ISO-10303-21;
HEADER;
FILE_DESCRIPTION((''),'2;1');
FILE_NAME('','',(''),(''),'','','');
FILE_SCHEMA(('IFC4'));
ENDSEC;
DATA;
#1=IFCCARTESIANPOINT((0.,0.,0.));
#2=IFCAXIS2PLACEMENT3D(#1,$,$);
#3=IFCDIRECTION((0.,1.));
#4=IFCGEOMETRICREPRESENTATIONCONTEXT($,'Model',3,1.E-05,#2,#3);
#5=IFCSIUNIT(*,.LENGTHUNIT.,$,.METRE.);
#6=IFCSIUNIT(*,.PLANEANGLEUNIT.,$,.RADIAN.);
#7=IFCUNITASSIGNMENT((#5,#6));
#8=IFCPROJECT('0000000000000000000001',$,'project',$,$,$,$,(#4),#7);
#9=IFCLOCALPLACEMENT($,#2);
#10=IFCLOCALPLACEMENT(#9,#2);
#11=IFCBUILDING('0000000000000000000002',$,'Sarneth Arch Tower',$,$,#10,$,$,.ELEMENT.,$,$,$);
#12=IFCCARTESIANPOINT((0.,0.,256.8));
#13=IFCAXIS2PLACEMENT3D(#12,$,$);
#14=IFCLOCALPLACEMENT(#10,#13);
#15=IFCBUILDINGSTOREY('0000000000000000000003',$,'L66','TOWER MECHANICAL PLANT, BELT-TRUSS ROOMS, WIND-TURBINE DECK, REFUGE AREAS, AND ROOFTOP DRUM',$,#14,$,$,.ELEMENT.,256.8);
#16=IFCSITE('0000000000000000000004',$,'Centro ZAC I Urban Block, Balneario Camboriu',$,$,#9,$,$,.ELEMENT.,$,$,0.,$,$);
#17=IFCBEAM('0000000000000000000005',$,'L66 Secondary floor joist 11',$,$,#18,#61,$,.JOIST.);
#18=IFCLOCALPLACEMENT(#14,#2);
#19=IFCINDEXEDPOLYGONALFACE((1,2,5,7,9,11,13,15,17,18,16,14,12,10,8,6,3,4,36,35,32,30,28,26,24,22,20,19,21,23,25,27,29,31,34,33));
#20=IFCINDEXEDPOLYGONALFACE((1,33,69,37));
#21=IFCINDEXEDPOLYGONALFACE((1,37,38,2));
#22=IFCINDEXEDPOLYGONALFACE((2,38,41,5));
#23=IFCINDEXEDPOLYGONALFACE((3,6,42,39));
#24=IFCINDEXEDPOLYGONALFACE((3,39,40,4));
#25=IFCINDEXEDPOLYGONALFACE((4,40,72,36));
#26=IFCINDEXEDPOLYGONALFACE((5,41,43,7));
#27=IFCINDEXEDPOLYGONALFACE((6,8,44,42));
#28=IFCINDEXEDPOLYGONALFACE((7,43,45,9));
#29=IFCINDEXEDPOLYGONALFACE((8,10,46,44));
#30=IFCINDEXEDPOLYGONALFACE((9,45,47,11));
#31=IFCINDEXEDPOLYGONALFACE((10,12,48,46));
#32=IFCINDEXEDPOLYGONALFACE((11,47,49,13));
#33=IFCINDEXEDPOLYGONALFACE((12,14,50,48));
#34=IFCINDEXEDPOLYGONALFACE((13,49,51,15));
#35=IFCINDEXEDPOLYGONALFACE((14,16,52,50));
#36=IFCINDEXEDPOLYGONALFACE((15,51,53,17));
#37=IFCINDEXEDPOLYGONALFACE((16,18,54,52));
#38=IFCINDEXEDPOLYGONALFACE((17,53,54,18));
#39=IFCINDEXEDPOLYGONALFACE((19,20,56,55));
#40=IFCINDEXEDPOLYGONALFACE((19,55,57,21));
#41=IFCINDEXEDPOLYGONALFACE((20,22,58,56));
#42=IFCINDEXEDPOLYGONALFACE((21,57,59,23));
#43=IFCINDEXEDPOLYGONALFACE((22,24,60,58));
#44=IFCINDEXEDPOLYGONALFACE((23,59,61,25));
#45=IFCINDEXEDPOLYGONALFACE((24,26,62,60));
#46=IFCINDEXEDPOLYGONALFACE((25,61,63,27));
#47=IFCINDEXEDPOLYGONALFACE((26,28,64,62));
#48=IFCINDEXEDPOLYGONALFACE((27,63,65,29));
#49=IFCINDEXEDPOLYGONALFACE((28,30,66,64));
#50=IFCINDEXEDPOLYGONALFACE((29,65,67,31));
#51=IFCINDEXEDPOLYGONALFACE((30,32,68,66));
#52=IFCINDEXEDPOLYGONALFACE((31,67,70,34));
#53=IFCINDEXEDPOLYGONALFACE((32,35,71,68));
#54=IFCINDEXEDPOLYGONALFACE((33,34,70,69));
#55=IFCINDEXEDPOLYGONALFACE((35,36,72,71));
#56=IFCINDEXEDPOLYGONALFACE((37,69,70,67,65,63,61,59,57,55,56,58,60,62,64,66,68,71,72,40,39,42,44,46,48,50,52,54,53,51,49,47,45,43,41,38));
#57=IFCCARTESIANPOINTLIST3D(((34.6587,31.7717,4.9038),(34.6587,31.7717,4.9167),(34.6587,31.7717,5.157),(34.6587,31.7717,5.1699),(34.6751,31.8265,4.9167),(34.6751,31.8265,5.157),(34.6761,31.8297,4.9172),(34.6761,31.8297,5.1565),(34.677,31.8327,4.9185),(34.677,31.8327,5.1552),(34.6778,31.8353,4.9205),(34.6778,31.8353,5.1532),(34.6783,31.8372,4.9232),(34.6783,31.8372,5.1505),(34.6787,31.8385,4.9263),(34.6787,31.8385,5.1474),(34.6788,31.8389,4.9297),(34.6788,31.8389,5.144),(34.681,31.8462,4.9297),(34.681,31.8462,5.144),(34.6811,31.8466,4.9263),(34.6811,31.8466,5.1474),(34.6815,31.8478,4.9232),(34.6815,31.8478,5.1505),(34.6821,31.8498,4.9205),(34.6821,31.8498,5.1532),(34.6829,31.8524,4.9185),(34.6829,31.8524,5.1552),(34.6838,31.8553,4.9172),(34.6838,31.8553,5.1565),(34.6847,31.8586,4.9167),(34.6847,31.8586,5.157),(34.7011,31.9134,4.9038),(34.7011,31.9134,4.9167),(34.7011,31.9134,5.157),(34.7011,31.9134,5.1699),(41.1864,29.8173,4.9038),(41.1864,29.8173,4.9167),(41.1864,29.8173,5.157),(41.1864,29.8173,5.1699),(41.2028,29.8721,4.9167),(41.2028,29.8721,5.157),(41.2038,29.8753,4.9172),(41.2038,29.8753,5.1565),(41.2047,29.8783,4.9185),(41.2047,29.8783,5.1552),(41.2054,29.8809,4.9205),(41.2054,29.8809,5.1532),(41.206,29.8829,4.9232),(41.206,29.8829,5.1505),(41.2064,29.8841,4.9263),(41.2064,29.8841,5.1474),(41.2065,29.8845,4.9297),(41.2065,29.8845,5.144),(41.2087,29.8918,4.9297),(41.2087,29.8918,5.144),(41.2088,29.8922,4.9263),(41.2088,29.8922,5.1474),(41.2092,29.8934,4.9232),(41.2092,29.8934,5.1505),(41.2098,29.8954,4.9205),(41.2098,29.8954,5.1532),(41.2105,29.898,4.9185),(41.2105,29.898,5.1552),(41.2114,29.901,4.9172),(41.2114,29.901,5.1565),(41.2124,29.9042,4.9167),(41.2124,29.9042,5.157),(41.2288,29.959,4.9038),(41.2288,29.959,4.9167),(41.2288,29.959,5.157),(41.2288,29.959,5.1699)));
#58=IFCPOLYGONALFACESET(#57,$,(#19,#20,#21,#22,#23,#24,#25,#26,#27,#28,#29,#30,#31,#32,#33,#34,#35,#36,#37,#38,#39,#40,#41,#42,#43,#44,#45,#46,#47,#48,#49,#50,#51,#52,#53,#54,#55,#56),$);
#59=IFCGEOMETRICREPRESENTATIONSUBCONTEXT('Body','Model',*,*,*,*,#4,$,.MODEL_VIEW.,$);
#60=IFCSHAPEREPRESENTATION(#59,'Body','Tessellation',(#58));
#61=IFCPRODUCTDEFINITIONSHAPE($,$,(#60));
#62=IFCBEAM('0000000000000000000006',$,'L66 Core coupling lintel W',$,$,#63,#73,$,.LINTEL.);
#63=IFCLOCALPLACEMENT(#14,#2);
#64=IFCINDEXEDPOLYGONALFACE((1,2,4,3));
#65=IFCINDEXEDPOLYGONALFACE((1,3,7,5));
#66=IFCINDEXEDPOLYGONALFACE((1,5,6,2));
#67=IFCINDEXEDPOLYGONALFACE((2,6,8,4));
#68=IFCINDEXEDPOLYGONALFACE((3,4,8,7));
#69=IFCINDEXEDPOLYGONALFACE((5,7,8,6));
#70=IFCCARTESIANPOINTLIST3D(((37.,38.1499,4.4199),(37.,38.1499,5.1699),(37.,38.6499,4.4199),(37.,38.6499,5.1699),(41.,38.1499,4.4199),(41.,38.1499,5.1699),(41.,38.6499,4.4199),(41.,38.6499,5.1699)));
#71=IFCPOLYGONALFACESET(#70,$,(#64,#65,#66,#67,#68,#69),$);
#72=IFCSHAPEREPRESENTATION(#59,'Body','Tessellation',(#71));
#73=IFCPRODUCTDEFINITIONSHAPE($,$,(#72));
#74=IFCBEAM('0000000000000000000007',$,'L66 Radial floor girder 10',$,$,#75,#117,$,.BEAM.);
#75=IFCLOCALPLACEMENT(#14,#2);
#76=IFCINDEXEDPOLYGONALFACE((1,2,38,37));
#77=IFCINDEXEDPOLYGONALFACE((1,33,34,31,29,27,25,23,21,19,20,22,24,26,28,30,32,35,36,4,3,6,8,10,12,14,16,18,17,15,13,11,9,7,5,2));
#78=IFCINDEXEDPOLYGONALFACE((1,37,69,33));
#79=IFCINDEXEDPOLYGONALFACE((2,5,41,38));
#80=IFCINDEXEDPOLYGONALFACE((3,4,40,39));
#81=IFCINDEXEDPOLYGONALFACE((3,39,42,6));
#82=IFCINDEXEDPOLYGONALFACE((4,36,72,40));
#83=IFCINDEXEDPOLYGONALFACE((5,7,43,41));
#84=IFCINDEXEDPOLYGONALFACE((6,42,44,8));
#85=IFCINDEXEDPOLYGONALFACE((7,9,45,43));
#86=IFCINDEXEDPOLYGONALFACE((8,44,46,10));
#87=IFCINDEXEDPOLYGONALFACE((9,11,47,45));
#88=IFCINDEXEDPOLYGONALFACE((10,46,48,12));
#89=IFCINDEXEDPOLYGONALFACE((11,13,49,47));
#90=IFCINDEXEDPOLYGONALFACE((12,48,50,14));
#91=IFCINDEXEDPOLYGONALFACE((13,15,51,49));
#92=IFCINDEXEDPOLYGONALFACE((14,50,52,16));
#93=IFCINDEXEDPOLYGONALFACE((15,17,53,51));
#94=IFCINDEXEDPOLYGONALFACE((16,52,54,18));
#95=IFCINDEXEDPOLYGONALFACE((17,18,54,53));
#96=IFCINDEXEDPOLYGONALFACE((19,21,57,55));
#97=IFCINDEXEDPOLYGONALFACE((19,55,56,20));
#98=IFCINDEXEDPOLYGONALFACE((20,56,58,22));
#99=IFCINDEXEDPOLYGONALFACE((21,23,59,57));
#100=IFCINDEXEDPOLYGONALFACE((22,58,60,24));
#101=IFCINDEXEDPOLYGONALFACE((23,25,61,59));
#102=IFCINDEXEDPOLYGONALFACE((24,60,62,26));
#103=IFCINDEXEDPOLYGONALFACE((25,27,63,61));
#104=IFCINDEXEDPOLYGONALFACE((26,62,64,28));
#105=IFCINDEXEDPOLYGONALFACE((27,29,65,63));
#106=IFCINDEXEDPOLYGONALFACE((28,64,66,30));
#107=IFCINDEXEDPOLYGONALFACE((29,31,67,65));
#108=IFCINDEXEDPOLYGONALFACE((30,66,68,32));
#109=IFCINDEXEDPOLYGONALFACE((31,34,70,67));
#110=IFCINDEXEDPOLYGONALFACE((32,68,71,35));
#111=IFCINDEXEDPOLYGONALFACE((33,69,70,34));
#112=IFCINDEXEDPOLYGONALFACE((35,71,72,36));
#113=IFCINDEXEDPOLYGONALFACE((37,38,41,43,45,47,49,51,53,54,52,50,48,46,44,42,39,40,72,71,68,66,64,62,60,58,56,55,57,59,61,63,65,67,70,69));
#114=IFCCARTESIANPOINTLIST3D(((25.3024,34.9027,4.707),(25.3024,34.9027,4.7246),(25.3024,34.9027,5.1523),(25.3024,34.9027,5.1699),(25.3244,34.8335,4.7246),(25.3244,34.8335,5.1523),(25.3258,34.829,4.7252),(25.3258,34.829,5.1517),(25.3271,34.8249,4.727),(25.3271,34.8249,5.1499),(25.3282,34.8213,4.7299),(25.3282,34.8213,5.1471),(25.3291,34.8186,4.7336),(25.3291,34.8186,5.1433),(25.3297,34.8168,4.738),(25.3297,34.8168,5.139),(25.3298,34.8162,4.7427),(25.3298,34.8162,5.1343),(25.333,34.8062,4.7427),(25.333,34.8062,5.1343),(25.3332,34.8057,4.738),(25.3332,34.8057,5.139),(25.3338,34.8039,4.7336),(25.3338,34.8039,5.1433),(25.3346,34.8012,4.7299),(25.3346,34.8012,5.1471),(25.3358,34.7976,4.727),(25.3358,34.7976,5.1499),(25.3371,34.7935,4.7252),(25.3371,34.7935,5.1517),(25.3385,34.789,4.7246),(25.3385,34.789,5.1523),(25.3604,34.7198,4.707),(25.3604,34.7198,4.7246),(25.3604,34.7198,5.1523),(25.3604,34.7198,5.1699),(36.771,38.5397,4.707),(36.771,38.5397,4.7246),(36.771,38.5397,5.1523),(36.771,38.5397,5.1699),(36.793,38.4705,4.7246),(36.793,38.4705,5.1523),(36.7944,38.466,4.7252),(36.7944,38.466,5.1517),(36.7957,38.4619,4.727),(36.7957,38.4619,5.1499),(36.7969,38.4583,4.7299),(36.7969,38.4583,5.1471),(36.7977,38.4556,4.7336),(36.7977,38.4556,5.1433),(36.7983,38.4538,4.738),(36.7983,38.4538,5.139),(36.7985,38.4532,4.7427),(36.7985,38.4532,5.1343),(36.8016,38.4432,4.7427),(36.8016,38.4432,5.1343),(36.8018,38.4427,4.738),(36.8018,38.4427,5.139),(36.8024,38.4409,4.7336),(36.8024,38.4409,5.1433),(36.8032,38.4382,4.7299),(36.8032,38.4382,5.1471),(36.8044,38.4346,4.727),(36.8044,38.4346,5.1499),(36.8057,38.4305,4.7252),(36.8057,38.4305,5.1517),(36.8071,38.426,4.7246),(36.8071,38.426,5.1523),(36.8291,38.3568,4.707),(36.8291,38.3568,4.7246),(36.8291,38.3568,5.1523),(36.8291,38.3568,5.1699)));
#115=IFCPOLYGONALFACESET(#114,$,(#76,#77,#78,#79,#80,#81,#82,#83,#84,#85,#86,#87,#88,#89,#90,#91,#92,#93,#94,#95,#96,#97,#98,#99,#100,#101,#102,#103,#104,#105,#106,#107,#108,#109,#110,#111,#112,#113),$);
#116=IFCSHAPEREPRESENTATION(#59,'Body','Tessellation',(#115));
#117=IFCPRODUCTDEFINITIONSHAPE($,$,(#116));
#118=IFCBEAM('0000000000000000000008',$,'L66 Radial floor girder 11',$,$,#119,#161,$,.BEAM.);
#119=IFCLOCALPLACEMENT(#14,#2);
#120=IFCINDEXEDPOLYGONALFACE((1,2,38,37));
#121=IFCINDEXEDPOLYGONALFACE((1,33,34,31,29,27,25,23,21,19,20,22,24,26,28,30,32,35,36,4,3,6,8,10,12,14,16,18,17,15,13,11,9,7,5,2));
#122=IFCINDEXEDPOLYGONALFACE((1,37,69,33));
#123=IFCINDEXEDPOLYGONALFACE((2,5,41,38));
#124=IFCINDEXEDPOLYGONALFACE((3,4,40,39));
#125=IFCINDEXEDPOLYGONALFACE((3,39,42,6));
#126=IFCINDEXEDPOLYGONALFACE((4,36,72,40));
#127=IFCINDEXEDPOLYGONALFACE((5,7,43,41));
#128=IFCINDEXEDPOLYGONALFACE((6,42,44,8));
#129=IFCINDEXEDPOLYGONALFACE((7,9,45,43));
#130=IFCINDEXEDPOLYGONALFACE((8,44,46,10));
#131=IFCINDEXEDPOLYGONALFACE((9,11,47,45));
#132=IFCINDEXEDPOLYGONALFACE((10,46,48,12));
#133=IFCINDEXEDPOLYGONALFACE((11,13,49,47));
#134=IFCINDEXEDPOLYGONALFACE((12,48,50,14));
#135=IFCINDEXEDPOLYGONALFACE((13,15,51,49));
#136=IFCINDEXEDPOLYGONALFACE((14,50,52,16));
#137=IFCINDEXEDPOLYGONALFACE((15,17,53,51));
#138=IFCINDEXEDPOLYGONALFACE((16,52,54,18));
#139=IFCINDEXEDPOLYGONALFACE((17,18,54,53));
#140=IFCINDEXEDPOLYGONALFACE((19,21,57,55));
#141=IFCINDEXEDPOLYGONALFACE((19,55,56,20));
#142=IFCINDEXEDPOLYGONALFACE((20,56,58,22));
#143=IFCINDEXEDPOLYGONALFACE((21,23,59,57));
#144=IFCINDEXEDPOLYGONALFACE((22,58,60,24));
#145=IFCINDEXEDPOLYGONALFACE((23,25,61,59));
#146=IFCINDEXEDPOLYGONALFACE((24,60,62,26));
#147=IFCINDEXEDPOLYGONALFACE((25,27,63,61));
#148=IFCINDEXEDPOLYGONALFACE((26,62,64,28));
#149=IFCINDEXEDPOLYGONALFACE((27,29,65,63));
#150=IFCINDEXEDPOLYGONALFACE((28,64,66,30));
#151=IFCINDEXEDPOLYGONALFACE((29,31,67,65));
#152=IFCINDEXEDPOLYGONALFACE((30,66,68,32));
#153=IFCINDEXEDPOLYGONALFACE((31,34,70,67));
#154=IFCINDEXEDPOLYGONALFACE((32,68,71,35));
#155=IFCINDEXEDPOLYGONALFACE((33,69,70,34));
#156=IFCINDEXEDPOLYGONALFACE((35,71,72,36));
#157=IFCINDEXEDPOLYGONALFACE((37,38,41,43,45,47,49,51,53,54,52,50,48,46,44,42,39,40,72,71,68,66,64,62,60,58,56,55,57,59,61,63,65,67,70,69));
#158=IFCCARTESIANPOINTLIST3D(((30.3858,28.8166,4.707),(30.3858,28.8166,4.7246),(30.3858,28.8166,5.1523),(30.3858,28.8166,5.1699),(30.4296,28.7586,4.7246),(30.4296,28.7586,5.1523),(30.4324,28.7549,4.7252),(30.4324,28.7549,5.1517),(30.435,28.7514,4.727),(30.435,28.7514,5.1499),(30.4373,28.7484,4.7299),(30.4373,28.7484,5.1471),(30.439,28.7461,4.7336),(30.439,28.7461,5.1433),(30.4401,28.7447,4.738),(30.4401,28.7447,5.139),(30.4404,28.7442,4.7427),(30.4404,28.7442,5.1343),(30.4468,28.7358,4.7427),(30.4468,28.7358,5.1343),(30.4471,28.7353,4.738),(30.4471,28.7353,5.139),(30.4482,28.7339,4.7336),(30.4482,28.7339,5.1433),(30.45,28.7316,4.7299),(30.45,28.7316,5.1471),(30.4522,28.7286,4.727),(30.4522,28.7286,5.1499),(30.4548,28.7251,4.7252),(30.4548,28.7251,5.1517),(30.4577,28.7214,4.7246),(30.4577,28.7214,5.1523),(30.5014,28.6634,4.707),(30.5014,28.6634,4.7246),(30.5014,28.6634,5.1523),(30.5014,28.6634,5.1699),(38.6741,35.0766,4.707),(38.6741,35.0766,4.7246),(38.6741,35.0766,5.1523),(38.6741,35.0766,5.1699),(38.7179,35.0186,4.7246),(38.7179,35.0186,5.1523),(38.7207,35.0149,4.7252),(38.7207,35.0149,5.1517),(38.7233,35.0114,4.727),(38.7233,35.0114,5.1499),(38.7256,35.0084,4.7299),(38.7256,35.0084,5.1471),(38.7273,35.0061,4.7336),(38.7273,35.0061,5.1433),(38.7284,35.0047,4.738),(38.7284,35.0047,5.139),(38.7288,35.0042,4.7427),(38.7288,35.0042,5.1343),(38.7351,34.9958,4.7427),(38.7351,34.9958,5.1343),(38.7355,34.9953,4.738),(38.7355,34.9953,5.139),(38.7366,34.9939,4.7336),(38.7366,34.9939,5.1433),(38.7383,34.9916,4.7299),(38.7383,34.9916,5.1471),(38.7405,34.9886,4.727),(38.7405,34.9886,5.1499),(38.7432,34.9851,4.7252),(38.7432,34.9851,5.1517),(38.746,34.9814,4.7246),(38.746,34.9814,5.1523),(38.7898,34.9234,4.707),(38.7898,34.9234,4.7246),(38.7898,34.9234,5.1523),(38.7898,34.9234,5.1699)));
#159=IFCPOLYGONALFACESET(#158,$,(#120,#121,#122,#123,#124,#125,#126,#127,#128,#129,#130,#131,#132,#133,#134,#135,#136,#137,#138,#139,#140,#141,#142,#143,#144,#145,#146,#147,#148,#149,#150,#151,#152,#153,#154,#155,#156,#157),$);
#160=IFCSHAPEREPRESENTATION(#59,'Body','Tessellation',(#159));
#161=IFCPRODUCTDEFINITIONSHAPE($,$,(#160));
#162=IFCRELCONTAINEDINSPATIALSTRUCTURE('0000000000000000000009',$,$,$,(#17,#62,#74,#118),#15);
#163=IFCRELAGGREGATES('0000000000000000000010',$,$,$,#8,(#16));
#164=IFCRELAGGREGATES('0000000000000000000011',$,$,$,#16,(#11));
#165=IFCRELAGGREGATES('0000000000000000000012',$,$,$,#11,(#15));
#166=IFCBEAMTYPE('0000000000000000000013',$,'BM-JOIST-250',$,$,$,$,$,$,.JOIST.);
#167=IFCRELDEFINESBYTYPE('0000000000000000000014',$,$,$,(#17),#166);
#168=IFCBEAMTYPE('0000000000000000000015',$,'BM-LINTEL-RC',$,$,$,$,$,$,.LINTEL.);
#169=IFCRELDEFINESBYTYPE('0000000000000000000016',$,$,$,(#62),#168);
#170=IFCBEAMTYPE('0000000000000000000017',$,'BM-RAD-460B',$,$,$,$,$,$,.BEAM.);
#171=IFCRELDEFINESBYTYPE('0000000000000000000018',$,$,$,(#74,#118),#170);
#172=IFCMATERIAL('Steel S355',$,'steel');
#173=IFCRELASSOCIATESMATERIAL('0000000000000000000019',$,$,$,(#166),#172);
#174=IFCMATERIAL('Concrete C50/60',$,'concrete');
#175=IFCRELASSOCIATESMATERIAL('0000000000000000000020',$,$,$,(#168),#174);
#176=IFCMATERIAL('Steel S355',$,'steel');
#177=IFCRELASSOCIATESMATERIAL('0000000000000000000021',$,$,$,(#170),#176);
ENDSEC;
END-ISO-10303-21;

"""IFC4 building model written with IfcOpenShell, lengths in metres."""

from ifc_helpers import new_model, si_unit, direction, frame, origin, origin_2d, place, context, subcontext, project, spatial, rectangle, i_section, extrude, material, material_profile, profile_set, type_object, element, save


model = new_model("IFC4")

# Units and contexts
model_context = context("Model", 3, precision=1e-05, world=origin(), true_north=direction((0.0, 1.0)))
body_context = subcontext(model_context, "Body", "Model", "MODEL_VIEW")
ifc_project = project(units=[si_unit("LENGTHUNIT", "METRE"), si_unit("PLANEANGLEUNIT", "RADIAN")], contexts=[model_context])

# Site, building, storey
site_placement = place(None, origin())
site = spatial("IfcSite", under=ifc_project, at=site_placement, Name="Centro ZAC I Urban Block, Balneario Camboriu", CompositionType="ELEMENT", RefElevation=0.0)
building_placement = place(site_placement, origin())
building = spatial("IfcBuilding", under=site, at=building_placement, Name="Sarneth Arch Tower", CompositionType="ELEMENT")
storey_placement = place(building_placement, frame((0.0, 0.0, 256.8)))
storey = spatial("IfcBuildingStorey", under=building, at=storey_placement, Name="L66", Description="TOWER MECHANICAL PLANT, BELT-TRUSS ROOMS, WIND-TURBINE DECK, REFUGE AREAS, AND ROOFTOP DRUM", CompositionType="ELEMENT", Elevation=256.8)

# Beams
ifc_material_1 = material(Name="Steel S355", Category="steel")
ifc_material_profile_1 = material_profile(ifc_material_1, i_section(OverallWidth=0.1479, OverallDepth=0.2661, WebThickness=0.0076, FlangeThickness=0.0129, FilletRadius=0.0129, at=origin_2d()), Name="W250x44.8")
ifc_profile_set_1 = profile_set([ifc_material_profile_1], Name="Steel S355")
beam_type_1 = type_object("IfcBeamType", Name="BM-JOIST-250", PredefinedType="JOIST", material=ifc_profile_set_1)
beam_1_placement = place(storey_placement, frame((34.6799, 31.8425, 5.0369), z_axis=(0.957985, -0.286819, 0.0), x_axis=(0.286819, 0.957985, 0.0)))
element("IfcBeam", 1, at=beam_1_placement, inside=storey, type_object=beam_type_1, Name="L66 Secondary floor joist 11", PredefinedType="JOIST", context=body_context, shape_type="SweptSolid", body=[
    extrude(i_section(OverallWidth=0.1479, OverallDepth=0.2661, WebThickness=0.0076, FlangeThickness=0.0129, FilletRadius=0.0129, at=origin_2d()), origin(), (0.0, 0.0, 1.0), 6.814),
])
ifc_material_2 = material(Name="Concrete C50/60", Category="concrete")
ifc_material_profile_2 = material_profile(ifc_material_2, rectangle(XDim=0.5, YDim=0.75, at=origin_2d()), Name="RC-500x750")
ifc_profile_set_2 = profile_set([ifc_material_profile_2], Name="Concrete C50/60")
beam_type_2 = type_object("IfcBeamType", Name="BM-LINTEL-RC", PredefinedType="LINTEL", material=ifc_profile_set_2)
beam_2_placement = place(storey_placement, frame((37.0, 38.3999, 4.7949), z_axis=(1.0, 0.0, 0.0), x_axis=(0.0, 1.0, 0.0)))
element("IfcBeam", 2, at=beam_2_placement, inside=storey, type_object=beam_type_2, Name="L66 Core coupling lintel W", PredefinedType="LINTEL", context=body_context, shape_type="SweptSolid", body=[
    extrude(rectangle(XDim=0.5, YDim=0.75, at=origin_2d()), origin(), (0.0, 0.0, 1.0), 4.0),
])
ifc_material_3 = material(Name="Steel S355", Category="steel")
ifc_material_profile_3 = material_profile(ifc_material_3, i_section(OverallWidth=0.1919, OverallDepth=0.4629, WebThickness=0.0105, FlangeThickness=0.0176, FilletRadius=0.0181, at=origin_2d()), Name="W460x89")
ifc_profile_set_3 = profile_set([ifc_material_profile_3], Name="Steel S355")
beam_type_3 = type_object("IfcBeamType", Name="BM-RAD-460B", PredefinedType="BEAM", material=ifc_profile_set_3)
beam_3_placement = place(storey_placement, frame((36.8, 38.4482, 4.9385), z_axis=(-0.953216, -0.30229, 0.0), x_axis=(0.30229, -0.953216, 0.0)))
element("IfcBeam", 3, at=beam_3_placement, inside=storey, type_object=beam_type_3, Name="L66 Radial floor girder 10", PredefinedType="BEAM", context=body_context, shape_type="SweptSolid", body=[
    extrude(i_section(OverallWidth=0.1919, OverallDepth=0.4629, WebThickness=0.0105, FlangeThickness=0.0176, FilletRadius=0.0181, at=origin_2d()), origin(), (0.0, 0.0, 1.0), 12.0315),
])
beam_4_placement = place(storey_placement, frame((38.7319, 35.0, 4.9385), z_axis=(-0.797973, -0.602693, 0.0), x_axis=(0.602693, -0.797973, 0.0)))
element("IfcBeam", 4, at=beam_4_placement, inside=storey, type_object=beam_type_3, Name="L66 Radial floor girder 11", PredefinedType="BEAM", context=body_context, shape_type="SweptSolid", body=[
    extrude(i_section(OverallWidth=0.1919, OverallDepth=0.4629, WebThickness=0.0105, FlangeThickness=0.0176, FilletRadius=0.0181, at=origin_2d()), origin(), (0.0, 0.0, 1.0), 10.3867),
])

save(model, "model.ifc")
